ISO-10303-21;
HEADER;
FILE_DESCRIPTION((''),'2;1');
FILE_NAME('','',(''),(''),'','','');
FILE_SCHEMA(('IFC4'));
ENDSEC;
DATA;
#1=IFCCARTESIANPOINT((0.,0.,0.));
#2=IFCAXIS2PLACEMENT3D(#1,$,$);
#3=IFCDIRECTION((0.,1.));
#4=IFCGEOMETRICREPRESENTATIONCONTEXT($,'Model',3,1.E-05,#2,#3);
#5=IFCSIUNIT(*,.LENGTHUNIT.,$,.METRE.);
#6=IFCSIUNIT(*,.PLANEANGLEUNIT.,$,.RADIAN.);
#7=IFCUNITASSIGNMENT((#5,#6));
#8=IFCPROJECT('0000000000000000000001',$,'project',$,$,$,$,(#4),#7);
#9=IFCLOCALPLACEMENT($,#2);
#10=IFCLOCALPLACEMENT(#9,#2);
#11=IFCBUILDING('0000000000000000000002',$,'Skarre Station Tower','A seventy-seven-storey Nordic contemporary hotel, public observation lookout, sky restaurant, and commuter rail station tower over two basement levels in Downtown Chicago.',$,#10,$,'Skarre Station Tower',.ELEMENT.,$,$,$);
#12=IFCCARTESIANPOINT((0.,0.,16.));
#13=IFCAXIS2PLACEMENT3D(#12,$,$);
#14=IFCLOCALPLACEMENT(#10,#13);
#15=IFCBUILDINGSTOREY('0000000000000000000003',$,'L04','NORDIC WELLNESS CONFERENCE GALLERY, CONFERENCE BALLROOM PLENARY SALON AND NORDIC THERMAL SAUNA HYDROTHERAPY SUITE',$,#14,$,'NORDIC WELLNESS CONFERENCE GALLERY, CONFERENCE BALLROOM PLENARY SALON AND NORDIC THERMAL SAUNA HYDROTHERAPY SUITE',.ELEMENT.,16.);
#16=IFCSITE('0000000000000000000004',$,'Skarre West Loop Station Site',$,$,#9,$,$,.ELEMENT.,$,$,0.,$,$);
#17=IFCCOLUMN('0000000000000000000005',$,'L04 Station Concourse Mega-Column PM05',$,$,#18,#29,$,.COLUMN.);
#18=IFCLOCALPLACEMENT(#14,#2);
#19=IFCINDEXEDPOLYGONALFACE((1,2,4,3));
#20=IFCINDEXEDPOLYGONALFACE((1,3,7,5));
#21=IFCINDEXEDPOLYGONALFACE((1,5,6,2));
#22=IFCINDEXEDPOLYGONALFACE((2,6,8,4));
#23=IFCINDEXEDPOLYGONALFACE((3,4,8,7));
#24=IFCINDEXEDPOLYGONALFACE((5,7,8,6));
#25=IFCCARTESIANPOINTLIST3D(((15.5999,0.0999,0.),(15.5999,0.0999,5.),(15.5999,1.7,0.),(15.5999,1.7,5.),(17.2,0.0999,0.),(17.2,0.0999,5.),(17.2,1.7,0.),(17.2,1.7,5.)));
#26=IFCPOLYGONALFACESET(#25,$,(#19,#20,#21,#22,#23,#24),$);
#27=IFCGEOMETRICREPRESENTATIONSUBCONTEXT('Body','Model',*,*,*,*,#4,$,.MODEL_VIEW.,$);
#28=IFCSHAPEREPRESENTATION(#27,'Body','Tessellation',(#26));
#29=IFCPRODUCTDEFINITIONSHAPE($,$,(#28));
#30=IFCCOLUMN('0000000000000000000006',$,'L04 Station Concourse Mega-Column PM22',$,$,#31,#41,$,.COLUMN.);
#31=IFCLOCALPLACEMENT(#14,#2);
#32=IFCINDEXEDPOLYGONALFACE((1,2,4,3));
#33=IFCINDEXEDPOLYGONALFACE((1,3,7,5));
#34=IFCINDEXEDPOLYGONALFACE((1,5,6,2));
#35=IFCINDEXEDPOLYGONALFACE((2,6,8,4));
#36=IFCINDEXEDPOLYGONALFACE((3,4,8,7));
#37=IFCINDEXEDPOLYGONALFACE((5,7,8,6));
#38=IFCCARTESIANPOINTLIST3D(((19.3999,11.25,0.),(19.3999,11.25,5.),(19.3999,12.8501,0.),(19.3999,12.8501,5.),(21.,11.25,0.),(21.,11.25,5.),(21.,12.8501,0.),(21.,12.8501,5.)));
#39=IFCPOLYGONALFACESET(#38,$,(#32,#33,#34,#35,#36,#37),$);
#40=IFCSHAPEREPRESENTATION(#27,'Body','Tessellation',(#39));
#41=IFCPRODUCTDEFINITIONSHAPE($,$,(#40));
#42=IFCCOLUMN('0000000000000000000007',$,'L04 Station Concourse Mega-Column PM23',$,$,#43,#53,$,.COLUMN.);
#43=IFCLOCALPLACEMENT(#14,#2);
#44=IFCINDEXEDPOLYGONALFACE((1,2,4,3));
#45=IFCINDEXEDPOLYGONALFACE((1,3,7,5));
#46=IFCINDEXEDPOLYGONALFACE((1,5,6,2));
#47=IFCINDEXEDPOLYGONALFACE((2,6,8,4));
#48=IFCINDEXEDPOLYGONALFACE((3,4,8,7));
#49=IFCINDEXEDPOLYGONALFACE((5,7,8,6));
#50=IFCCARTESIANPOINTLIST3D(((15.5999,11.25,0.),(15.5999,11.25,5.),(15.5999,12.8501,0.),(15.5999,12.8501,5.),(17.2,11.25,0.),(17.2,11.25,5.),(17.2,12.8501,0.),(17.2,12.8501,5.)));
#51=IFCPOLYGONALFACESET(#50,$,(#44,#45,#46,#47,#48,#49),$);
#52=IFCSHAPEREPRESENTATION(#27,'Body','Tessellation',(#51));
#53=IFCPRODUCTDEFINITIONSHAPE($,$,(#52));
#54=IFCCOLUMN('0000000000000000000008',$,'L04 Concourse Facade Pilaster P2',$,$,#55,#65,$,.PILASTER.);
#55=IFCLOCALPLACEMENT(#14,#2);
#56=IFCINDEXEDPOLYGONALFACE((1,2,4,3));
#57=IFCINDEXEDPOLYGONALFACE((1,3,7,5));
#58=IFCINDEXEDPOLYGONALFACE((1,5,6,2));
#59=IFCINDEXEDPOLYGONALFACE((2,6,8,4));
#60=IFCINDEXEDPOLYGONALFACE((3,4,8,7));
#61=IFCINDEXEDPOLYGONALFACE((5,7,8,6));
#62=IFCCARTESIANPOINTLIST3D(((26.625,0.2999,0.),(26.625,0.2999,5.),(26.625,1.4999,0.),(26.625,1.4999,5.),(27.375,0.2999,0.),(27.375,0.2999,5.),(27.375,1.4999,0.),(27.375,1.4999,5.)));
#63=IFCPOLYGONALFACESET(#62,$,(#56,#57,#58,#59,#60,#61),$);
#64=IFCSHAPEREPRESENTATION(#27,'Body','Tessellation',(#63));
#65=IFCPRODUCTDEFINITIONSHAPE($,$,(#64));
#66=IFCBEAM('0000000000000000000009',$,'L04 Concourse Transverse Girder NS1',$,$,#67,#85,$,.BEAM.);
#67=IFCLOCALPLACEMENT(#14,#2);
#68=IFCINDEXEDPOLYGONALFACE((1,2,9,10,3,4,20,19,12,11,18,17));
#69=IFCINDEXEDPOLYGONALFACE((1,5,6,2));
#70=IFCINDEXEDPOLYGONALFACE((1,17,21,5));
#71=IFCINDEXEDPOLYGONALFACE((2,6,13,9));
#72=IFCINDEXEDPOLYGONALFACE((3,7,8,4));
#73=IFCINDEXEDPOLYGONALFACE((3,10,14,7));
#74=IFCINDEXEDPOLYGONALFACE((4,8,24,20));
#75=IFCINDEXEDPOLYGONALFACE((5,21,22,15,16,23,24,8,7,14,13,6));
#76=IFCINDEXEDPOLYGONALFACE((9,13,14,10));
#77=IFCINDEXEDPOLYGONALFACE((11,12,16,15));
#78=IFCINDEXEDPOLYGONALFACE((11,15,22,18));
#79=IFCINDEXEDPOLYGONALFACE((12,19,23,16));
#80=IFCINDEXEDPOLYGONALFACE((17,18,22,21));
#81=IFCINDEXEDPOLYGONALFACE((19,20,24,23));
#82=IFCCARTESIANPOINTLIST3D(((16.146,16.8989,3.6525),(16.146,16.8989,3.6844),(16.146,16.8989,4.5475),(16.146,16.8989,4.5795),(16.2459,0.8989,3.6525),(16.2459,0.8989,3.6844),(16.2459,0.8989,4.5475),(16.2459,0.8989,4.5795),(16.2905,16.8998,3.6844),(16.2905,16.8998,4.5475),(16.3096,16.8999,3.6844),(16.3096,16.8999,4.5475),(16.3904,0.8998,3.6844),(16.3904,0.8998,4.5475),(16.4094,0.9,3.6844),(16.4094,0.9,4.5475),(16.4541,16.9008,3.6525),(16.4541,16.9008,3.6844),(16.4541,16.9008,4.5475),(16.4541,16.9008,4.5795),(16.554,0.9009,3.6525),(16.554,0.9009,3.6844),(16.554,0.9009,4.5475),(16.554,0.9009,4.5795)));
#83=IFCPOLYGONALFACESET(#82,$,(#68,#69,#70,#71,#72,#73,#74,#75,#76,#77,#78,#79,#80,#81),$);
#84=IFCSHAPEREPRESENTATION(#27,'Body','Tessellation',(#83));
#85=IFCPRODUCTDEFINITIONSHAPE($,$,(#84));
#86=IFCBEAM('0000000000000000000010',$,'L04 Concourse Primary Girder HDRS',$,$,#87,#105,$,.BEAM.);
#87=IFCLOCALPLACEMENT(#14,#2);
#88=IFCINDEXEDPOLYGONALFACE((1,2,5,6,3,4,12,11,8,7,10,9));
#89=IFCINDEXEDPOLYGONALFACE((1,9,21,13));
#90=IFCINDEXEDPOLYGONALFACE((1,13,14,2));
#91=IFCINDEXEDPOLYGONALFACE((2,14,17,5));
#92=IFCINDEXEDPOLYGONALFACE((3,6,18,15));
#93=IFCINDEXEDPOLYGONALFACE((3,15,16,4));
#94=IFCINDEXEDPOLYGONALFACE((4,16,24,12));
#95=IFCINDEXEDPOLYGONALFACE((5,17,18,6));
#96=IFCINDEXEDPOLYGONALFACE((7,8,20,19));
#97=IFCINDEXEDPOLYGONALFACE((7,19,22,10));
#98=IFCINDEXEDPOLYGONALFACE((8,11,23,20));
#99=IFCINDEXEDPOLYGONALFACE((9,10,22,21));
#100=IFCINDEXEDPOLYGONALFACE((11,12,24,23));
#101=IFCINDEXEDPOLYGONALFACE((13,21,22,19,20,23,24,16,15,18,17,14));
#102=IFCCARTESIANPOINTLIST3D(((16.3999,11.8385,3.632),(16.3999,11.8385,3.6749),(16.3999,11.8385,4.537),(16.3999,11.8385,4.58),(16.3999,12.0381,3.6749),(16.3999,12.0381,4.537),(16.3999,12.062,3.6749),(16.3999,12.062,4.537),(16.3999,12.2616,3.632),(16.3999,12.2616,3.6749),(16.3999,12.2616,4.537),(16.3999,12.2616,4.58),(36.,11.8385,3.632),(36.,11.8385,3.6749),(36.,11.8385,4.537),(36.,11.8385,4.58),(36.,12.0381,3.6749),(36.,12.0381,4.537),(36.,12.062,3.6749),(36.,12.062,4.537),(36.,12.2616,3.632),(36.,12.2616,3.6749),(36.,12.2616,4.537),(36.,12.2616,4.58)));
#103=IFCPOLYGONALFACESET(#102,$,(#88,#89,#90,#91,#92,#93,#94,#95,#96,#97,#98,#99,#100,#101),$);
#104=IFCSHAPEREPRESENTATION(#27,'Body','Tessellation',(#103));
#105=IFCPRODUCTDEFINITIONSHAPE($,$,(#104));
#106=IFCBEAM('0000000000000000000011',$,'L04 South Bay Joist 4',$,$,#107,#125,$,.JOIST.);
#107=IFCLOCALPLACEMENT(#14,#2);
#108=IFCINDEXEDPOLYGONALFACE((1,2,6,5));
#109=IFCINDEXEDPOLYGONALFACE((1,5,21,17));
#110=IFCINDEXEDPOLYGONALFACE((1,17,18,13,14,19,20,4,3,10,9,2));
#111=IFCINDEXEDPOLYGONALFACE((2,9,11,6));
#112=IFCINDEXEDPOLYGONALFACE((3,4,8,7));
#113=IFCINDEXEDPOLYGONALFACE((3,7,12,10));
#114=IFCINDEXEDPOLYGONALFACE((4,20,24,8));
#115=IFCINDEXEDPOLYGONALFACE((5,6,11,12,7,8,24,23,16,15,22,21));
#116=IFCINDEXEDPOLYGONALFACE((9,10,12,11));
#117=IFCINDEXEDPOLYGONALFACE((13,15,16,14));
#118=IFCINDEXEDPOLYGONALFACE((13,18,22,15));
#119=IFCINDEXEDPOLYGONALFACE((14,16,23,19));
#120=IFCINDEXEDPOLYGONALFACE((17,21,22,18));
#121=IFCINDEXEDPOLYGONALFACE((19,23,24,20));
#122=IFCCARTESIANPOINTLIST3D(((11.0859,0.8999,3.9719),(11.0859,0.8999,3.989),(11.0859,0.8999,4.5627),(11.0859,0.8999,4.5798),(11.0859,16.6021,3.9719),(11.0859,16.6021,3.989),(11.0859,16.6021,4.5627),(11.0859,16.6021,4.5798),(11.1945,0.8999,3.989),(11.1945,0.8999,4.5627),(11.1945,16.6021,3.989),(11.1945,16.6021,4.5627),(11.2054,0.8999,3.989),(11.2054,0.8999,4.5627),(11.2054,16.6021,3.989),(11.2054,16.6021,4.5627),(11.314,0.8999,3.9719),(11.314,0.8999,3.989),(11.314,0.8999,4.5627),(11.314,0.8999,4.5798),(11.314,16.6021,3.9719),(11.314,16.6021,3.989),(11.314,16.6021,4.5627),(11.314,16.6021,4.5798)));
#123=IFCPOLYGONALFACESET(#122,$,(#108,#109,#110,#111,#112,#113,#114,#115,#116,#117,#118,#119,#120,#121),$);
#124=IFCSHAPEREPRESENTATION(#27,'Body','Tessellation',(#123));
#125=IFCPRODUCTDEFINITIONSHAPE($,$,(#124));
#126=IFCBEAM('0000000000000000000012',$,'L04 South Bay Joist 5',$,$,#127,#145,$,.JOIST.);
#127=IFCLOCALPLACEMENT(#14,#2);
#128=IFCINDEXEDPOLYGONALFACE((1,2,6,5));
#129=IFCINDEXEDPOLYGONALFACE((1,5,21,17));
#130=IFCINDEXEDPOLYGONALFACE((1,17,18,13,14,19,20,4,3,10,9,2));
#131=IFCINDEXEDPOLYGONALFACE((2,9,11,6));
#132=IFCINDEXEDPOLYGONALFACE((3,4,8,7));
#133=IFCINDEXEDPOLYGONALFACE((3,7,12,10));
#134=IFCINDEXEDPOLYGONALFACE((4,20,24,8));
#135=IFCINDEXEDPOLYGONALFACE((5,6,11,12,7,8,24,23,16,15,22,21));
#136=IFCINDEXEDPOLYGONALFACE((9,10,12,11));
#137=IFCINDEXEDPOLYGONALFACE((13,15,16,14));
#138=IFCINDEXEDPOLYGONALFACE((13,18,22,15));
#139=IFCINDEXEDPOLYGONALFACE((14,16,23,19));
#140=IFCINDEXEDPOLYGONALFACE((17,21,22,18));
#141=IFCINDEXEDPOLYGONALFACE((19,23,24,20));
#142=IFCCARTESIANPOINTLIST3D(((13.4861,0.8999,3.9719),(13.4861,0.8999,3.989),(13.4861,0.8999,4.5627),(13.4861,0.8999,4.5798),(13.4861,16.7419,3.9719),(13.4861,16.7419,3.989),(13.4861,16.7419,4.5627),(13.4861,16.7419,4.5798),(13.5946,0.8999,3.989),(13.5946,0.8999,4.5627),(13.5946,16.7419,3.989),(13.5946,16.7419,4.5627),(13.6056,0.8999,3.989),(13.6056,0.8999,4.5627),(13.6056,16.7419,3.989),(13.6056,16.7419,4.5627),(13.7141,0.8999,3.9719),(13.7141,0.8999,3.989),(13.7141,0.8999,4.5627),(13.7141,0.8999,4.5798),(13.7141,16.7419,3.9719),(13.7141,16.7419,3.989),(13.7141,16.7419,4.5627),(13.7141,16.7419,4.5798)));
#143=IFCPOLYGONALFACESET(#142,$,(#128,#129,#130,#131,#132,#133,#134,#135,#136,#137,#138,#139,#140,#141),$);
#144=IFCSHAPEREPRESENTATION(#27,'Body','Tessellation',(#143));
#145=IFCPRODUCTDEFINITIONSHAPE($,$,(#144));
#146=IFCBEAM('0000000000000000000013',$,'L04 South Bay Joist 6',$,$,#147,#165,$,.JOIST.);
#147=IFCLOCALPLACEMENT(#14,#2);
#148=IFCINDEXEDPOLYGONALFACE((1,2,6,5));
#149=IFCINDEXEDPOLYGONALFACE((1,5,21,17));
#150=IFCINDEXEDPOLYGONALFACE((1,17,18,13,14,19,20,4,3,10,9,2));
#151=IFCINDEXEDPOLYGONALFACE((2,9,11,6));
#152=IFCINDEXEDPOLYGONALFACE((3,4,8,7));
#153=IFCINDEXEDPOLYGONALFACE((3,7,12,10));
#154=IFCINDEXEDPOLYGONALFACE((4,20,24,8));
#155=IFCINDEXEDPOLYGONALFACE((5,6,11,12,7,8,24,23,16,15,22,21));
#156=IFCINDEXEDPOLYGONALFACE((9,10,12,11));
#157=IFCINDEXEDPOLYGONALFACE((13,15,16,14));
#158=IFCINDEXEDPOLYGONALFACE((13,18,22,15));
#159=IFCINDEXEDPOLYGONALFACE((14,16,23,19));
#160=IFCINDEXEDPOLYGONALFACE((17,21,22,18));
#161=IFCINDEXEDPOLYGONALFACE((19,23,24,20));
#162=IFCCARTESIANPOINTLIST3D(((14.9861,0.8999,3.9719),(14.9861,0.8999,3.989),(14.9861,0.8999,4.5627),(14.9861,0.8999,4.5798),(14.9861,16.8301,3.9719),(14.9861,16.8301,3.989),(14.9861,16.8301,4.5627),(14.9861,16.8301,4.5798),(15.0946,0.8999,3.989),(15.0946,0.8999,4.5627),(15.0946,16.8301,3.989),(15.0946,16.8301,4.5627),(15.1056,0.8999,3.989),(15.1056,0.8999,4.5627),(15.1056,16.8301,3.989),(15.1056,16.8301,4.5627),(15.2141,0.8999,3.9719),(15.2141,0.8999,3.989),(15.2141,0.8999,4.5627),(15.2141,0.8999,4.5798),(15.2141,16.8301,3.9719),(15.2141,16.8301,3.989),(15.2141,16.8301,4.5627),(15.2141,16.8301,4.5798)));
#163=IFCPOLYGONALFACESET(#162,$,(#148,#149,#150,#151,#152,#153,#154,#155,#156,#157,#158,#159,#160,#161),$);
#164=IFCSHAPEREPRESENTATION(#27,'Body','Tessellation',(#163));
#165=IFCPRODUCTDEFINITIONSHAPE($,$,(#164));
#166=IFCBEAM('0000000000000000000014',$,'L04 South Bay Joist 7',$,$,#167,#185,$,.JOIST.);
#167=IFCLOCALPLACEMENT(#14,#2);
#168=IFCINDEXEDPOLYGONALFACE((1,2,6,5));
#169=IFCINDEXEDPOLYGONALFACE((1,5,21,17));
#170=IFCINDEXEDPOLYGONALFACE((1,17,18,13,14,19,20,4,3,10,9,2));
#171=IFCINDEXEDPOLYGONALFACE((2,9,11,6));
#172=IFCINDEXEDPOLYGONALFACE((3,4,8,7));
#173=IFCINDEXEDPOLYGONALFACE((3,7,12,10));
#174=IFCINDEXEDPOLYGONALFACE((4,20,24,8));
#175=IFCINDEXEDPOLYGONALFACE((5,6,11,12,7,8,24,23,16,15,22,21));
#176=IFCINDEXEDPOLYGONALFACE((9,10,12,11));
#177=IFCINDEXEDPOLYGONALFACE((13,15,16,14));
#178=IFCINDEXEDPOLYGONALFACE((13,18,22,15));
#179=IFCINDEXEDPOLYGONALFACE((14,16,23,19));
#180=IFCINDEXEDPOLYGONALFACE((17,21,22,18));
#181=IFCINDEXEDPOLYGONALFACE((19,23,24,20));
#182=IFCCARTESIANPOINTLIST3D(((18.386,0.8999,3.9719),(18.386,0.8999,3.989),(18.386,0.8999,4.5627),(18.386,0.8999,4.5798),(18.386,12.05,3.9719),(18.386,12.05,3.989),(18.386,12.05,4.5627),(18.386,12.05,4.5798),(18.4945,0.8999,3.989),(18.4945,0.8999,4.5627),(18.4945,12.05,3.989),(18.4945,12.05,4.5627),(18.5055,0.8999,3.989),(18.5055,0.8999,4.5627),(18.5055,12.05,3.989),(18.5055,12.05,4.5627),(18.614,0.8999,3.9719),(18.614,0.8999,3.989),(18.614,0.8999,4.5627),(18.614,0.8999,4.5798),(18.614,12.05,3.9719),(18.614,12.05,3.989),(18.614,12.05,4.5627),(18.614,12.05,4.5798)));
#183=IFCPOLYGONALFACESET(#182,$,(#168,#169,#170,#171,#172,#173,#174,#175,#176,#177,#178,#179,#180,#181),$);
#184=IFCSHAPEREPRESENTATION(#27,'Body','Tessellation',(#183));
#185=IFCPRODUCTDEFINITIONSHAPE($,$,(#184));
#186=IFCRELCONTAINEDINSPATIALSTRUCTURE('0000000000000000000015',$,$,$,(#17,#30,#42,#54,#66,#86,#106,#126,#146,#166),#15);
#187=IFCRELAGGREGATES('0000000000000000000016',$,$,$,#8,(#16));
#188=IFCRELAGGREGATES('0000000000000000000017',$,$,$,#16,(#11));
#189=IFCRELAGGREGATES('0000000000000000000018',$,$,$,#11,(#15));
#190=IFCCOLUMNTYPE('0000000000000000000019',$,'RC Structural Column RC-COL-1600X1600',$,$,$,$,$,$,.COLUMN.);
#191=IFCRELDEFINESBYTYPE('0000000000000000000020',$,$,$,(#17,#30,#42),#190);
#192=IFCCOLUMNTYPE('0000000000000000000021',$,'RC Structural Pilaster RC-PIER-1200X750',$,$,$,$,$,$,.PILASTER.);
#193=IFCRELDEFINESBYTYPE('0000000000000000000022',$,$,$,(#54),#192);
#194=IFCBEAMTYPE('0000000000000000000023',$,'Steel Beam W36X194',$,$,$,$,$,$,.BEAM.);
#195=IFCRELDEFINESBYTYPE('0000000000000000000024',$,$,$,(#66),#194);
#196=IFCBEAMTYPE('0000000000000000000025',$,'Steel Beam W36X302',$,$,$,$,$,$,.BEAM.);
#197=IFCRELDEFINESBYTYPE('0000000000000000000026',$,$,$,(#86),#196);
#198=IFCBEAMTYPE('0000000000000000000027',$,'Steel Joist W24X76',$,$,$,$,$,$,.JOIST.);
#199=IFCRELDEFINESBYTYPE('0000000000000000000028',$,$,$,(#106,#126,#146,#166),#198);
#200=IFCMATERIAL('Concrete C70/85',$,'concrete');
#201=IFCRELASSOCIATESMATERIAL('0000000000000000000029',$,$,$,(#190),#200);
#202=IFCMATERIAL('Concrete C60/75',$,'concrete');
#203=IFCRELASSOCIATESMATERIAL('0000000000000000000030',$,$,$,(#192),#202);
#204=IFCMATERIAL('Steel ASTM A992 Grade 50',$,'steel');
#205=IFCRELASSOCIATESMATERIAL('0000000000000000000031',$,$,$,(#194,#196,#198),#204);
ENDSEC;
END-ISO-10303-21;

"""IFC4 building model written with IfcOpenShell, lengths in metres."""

from ifc_helpers import new_model, si_unit, direction, frame, origin, origin_2d, place, context, subcontext, project, spatial, rectangle, i_section, extrude, material, material_profile, profile_set, type_object, element, save


model = new_model("IFC4")

# Units and contexts
model_context = context("Model", 3, precision=1e-05, world=origin(), true_north=direction((0.0, 1.0)))
body_context = subcontext(model_context, "Body", "Model", "MODEL_VIEW")
ifc_project = project(units=[si_unit("LENGTHUNIT", "METRE"), si_unit("PLANEANGLEUNIT", "RADIAN")], contexts=[model_context])

# Site, building, storey
site_placement = place(None, origin())
site = spatial("IfcSite", under=ifc_project, at=site_placement, Name="Skarre West Loop Station Site", CompositionType="ELEMENT", RefElevation=0.0)
building_placement = place(site_placement, origin())
building = spatial("IfcBuilding", under=site, at=building_placement, Name="Skarre Station Tower", Description="A seventy-seven-storey Nordic contemporary hotel, public observation lookout, sky restaurant, and commuter rail station tower over two basement levels in Downtown Chicago.", LongName="Skarre Station Tower", CompositionType="ELEMENT")
storey_placement = place(building_placement, frame((0.0, 0.0, 16.0)))
storey = spatial("IfcBuildingStorey", under=building, at=storey_placement, Name="L04", Description="NORDIC WELLNESS CONFERENCE GALLERY, CONFERENCE BALLROOM PLENARY SALON AND NORDIC THERMAL SAUNA HYDROTHERAPY SUITE", LongName="NORDIC WELLNESS CONFERENCE GALLERY, CONFERENCE BALLROOM PLENARY SALON AND NORDIC THERMAL SAUNA HYDROTHERAPY SUITE", CompositionType="ELEMENT", Elevation=16.0)

# Columns
ifc_material_1 = material(Name="Concrete C70/85", Category="concrete")
ifc_material_profile_1 = material_profile(ifc_material_1, rectangle(XDim=1.6001, YDim=1.6001, at=origin_2d()), Name="Concrete C70/85")
ifc_profile_set_1 = profile_set([ifc_material_profile_1], Name="Concrete C70/85")
column_type_1 = type_object("IfcColumnType", Name="RC Structural Column RC-COL-1600X1600", PredefinedType="COLUMN", material=ifc_profile_set_1)
for number, where, z_axis, x_axis, name in (
    (1, (16.3999, 0.8999, 0.0), (0.0, 0.0, 1.0), (1.0, 0.0, 0.0), "L04 Station Concourse Mega-Column PM05"),
    (2, (20.2, 12.05, 0.0), (0.0, 0.0, 1.0), (1.0, 0.0, 0.0), "L04 Station Concourse Mega-Column PM22"),
    (3, (16.3999, 12.05, 0.0), (0.0, 0.0, 1.0), (1.0, 0.0, 0.0), "L04 Station Concourse Mega-Column PM23"),
):
    element("IfcColumn", number, at=place(storey_placement, frame(where, z_axis=z_axis, x_axis=x_axis)), inside=storey, type_object=column_type_1, Name=name, PredefinedType="COLUMN", context=body_context, shape_type="SweptSolid", body=[
        extrude(rectangle(XDim=1.6001, YDim=1.6001, at=origin_2d()), origin(), (0.0, 0.0, 1.0), 5.0),
    ])
ifc_material_2 = material(Name="Concrete C60/75", Category="concrete")
ifc_material_profile_2 = material_profile(ifc_material_2, rectangle(XDim=0.75, YDim=1.2, at=origin_2d()), Name="Concrete C60/75")
ifc_profile_set_2 = profile_set([ifc_material_profile_2], Name="Concrete C60/75")
column_type_2 = type_object("IfcColumnType", Name="RC Structural Pilaster RC-PIER-1200X750", PredefinedType="PILASTER", material=ifc_profile_set_2)
column_placement = place(storey_placement, frame((27.0, 0.8999, 0.0), z_axis=(0.0, 0.0, 1.0), x_axis=(1.0, 0.0, 0.0)))
element("IfcColumn", 4, at=column_placement, inside=storey, type_object=column_type_2, Name="L04 Concourse Facade Pilaster P2", PredefinedType="PILASTER", context=body_context, shape_type="SweptSolid", body=[
    extrude(rectangle(XDim=0.75, YDim=1.2, at=origin_2d()), origin(), (0.0, 0.0, 1.0), 5.0),
])

# Beams
ifc_material_3 = material(Name="Steel ASTM A992 Grade 50", Category="steel")
ifc_material_profile_3 = material_profile(ifc_material_3, i_section(OverallWidth=0.3081, OverallDepth=0.927, WebThickness=0.019, FlangeThickness=0.032, at=origin_2d()), Name="Steel ASTM A992 Grade 50")
ifc_profile_set_3 = profile_set([ifc_material_profile_3], Name="Steel ASTM A992 Grade 50")
beam_type_1 = type_object("IfcBeamType", Name="Steel Beam W36X194", PredefinedType="BEAM", material=ifc_profile_set_3)
beam_1_placement = place(storey_placement, frame((16.3999, 0.8999, 4.116), z_axis=(-0.006241, 0.999981, 0.0), x_axis=(-0.999981, -0.006241, 0.0)))
element("IfcBeam", 5, at=beam_1_placement, inside=storey, type_object=beam_type_1, Name="L04 Concourse Transverse Girder NS1", PredefinedType="BEAM", context=body_context, shape_type="SweptSolid", body=[
    extrude(i_section(OverallWidth=0.3081, OverallDepth=0.927, WebThickness=0.019, FlangeThickness=0.032, at=origin_2d()), origin(), (0.0, 0.0, 1.0), 16.0002),
])
ifc_material_profile_4 = material_profile(ifc_material_3, i_section(OverallWidth=0.4231, OverallDepth=0.948, WebThickness=0.0239, FlangeThickness=0.043, at=origin_2d()), Name="Steel ASTM A992 Grade 50")
ifc_profile_set_4 = profile_set([ifc_material_profile_4], Name="Steel ASTM A992 Grade 50")
beam_type_2 = type_object("IfcBeamType", Name="Steel Beam W36X302", PredefinedType="BEAM", material=ifc_profile_set_4)
beam_2_placement = place(storey_placement, frame((16.3999, 12.05, 4.106), z_axis=(1.0, 0.0, 0.0), x_axis=(0.0, 1.0, 0.0)))
element("IfcBeam", 6, at=beam_2_placement, inside=storey, type_object=beam_type_2, Name="L04 Concourse Primary Girder HDRS", PredefinedType="BEAM", context=body_context, shape_type="SweptSolid", body=[
    extrude(i_section(OverallWidth=0.4231, OverallDepth=0.948, WebThickness=0.0239, FlangeThickness=0.043, at=origin_2d()), origin(), (0.0, 0.0, 1.0), 19.6001),
])
ifc_material_profile_5 = material_profile(ifc_material_3, i_section(OverallWidth=0.228, OverallDepth=0.6079, WebThickness=0.011, FlangeThickness=0.0171, at=origin_2d()), Name="Steel ASTM A992 Grade 50")
ifc_profile_set_5 = profile_set([ifc_material_profile_5], Name="Steel ASTM A992 Grade 50")
beam_type_3 = type_object("IfcBeamType", Name="Steel Joist W24X76", PredefinedType="JOIST", material=ifc_profile_set_5)
beam_3_placement = place(storey_placement, frame((11.2, 0.8999, 4.2759), z_axis=(0.0, 1.0, 0.0), x_axis=(-1.0, 0.0, 0.0)))
element("IfcBeam", 7, at=beam_3_placement, inside=storey, type_object=beam_type_3, Name="L04 South Bay Joist 4", PredefinedType="JOIST", context=body_context, shape_type="SweptSolid", body=[
    extrude(i_section(OverallWidth=0.228, OverallDepth=0.6079, WebThickness=0.011, FlangeThickness=0.0171, at=origin_2d()), origin(), (0.0, 0.0, 1.0), 15.7021),
])
beam_4_placement = place(storey_placement, frame((13.6001, 0.8999, 4.2759), z_axis=(0.0, 1.0, 0.0), x_axis=(-1.0, 0.0, 0.0)))
element("IfcBeam", 8, at=beam_4_placement, inside=storey, type_object=beam_type_3, Name="L04 South Bay Joist 5", PredefinedType="JOIST", context=body_context, shape_type="SweptSolid", body=[
    extrude(i_section(OverallWidth=0.228, OverallDepth=0.6079, WebThickness=0.011, FlangeThickness=0.0171, at=origin_2d()), origin(), (0.0, 0.0, 1.0), 15.842),
])
beam_5_placement = place(storey_placement, frame((15.1001, 0.8999, 4.2759), z_axis=(0.0, 1.0, 0.0), x_axis=(-1.0, 0.0, 0.0)))
element("IfcBeam", 9, at=beam_5_placement, inside=storey, type_object=beam_type_3, Name="L04 South Bay Joist 6", PredefinedType="JOIST", context=body_context, shape_type="SweptSolid", body=[
    extrude(i_section(OverallWidth=0.228, OverallDepth=0.6079, WebThickness=0.011, FlangeThickness=0.0171, at=origin_2d()), origin(), (0.0, 0.0, 1.0), 15.9302),
])
for number, where, z_axis, x_axis, name in (
    (10, (18.5, 0.8999, 4.2759), (0.0, 1.0, 0.0), (-1.0, 0.0, 0.0), "L04 South Bay Joist 7"),
):
    element("IfcBeam", number, at=place(storey_placement, frame(where, z_axis=z_axis, x_axis=x_axis)), inside=storey, type_object=beam_type_3, Name=name, PredefinedType="JOIST", context=body_context, shape_type="SweptSolid", body=[
        extrude(i_section(OverallWidth=0.228, OverallDepth=0.6079, WebThickness=0.011, FlangeThickness=0.0171, at=origin_2d()), origin(), (0.0, 0.0, 1.0), 11.1501),
    ])

save(model, "model.ifc")
